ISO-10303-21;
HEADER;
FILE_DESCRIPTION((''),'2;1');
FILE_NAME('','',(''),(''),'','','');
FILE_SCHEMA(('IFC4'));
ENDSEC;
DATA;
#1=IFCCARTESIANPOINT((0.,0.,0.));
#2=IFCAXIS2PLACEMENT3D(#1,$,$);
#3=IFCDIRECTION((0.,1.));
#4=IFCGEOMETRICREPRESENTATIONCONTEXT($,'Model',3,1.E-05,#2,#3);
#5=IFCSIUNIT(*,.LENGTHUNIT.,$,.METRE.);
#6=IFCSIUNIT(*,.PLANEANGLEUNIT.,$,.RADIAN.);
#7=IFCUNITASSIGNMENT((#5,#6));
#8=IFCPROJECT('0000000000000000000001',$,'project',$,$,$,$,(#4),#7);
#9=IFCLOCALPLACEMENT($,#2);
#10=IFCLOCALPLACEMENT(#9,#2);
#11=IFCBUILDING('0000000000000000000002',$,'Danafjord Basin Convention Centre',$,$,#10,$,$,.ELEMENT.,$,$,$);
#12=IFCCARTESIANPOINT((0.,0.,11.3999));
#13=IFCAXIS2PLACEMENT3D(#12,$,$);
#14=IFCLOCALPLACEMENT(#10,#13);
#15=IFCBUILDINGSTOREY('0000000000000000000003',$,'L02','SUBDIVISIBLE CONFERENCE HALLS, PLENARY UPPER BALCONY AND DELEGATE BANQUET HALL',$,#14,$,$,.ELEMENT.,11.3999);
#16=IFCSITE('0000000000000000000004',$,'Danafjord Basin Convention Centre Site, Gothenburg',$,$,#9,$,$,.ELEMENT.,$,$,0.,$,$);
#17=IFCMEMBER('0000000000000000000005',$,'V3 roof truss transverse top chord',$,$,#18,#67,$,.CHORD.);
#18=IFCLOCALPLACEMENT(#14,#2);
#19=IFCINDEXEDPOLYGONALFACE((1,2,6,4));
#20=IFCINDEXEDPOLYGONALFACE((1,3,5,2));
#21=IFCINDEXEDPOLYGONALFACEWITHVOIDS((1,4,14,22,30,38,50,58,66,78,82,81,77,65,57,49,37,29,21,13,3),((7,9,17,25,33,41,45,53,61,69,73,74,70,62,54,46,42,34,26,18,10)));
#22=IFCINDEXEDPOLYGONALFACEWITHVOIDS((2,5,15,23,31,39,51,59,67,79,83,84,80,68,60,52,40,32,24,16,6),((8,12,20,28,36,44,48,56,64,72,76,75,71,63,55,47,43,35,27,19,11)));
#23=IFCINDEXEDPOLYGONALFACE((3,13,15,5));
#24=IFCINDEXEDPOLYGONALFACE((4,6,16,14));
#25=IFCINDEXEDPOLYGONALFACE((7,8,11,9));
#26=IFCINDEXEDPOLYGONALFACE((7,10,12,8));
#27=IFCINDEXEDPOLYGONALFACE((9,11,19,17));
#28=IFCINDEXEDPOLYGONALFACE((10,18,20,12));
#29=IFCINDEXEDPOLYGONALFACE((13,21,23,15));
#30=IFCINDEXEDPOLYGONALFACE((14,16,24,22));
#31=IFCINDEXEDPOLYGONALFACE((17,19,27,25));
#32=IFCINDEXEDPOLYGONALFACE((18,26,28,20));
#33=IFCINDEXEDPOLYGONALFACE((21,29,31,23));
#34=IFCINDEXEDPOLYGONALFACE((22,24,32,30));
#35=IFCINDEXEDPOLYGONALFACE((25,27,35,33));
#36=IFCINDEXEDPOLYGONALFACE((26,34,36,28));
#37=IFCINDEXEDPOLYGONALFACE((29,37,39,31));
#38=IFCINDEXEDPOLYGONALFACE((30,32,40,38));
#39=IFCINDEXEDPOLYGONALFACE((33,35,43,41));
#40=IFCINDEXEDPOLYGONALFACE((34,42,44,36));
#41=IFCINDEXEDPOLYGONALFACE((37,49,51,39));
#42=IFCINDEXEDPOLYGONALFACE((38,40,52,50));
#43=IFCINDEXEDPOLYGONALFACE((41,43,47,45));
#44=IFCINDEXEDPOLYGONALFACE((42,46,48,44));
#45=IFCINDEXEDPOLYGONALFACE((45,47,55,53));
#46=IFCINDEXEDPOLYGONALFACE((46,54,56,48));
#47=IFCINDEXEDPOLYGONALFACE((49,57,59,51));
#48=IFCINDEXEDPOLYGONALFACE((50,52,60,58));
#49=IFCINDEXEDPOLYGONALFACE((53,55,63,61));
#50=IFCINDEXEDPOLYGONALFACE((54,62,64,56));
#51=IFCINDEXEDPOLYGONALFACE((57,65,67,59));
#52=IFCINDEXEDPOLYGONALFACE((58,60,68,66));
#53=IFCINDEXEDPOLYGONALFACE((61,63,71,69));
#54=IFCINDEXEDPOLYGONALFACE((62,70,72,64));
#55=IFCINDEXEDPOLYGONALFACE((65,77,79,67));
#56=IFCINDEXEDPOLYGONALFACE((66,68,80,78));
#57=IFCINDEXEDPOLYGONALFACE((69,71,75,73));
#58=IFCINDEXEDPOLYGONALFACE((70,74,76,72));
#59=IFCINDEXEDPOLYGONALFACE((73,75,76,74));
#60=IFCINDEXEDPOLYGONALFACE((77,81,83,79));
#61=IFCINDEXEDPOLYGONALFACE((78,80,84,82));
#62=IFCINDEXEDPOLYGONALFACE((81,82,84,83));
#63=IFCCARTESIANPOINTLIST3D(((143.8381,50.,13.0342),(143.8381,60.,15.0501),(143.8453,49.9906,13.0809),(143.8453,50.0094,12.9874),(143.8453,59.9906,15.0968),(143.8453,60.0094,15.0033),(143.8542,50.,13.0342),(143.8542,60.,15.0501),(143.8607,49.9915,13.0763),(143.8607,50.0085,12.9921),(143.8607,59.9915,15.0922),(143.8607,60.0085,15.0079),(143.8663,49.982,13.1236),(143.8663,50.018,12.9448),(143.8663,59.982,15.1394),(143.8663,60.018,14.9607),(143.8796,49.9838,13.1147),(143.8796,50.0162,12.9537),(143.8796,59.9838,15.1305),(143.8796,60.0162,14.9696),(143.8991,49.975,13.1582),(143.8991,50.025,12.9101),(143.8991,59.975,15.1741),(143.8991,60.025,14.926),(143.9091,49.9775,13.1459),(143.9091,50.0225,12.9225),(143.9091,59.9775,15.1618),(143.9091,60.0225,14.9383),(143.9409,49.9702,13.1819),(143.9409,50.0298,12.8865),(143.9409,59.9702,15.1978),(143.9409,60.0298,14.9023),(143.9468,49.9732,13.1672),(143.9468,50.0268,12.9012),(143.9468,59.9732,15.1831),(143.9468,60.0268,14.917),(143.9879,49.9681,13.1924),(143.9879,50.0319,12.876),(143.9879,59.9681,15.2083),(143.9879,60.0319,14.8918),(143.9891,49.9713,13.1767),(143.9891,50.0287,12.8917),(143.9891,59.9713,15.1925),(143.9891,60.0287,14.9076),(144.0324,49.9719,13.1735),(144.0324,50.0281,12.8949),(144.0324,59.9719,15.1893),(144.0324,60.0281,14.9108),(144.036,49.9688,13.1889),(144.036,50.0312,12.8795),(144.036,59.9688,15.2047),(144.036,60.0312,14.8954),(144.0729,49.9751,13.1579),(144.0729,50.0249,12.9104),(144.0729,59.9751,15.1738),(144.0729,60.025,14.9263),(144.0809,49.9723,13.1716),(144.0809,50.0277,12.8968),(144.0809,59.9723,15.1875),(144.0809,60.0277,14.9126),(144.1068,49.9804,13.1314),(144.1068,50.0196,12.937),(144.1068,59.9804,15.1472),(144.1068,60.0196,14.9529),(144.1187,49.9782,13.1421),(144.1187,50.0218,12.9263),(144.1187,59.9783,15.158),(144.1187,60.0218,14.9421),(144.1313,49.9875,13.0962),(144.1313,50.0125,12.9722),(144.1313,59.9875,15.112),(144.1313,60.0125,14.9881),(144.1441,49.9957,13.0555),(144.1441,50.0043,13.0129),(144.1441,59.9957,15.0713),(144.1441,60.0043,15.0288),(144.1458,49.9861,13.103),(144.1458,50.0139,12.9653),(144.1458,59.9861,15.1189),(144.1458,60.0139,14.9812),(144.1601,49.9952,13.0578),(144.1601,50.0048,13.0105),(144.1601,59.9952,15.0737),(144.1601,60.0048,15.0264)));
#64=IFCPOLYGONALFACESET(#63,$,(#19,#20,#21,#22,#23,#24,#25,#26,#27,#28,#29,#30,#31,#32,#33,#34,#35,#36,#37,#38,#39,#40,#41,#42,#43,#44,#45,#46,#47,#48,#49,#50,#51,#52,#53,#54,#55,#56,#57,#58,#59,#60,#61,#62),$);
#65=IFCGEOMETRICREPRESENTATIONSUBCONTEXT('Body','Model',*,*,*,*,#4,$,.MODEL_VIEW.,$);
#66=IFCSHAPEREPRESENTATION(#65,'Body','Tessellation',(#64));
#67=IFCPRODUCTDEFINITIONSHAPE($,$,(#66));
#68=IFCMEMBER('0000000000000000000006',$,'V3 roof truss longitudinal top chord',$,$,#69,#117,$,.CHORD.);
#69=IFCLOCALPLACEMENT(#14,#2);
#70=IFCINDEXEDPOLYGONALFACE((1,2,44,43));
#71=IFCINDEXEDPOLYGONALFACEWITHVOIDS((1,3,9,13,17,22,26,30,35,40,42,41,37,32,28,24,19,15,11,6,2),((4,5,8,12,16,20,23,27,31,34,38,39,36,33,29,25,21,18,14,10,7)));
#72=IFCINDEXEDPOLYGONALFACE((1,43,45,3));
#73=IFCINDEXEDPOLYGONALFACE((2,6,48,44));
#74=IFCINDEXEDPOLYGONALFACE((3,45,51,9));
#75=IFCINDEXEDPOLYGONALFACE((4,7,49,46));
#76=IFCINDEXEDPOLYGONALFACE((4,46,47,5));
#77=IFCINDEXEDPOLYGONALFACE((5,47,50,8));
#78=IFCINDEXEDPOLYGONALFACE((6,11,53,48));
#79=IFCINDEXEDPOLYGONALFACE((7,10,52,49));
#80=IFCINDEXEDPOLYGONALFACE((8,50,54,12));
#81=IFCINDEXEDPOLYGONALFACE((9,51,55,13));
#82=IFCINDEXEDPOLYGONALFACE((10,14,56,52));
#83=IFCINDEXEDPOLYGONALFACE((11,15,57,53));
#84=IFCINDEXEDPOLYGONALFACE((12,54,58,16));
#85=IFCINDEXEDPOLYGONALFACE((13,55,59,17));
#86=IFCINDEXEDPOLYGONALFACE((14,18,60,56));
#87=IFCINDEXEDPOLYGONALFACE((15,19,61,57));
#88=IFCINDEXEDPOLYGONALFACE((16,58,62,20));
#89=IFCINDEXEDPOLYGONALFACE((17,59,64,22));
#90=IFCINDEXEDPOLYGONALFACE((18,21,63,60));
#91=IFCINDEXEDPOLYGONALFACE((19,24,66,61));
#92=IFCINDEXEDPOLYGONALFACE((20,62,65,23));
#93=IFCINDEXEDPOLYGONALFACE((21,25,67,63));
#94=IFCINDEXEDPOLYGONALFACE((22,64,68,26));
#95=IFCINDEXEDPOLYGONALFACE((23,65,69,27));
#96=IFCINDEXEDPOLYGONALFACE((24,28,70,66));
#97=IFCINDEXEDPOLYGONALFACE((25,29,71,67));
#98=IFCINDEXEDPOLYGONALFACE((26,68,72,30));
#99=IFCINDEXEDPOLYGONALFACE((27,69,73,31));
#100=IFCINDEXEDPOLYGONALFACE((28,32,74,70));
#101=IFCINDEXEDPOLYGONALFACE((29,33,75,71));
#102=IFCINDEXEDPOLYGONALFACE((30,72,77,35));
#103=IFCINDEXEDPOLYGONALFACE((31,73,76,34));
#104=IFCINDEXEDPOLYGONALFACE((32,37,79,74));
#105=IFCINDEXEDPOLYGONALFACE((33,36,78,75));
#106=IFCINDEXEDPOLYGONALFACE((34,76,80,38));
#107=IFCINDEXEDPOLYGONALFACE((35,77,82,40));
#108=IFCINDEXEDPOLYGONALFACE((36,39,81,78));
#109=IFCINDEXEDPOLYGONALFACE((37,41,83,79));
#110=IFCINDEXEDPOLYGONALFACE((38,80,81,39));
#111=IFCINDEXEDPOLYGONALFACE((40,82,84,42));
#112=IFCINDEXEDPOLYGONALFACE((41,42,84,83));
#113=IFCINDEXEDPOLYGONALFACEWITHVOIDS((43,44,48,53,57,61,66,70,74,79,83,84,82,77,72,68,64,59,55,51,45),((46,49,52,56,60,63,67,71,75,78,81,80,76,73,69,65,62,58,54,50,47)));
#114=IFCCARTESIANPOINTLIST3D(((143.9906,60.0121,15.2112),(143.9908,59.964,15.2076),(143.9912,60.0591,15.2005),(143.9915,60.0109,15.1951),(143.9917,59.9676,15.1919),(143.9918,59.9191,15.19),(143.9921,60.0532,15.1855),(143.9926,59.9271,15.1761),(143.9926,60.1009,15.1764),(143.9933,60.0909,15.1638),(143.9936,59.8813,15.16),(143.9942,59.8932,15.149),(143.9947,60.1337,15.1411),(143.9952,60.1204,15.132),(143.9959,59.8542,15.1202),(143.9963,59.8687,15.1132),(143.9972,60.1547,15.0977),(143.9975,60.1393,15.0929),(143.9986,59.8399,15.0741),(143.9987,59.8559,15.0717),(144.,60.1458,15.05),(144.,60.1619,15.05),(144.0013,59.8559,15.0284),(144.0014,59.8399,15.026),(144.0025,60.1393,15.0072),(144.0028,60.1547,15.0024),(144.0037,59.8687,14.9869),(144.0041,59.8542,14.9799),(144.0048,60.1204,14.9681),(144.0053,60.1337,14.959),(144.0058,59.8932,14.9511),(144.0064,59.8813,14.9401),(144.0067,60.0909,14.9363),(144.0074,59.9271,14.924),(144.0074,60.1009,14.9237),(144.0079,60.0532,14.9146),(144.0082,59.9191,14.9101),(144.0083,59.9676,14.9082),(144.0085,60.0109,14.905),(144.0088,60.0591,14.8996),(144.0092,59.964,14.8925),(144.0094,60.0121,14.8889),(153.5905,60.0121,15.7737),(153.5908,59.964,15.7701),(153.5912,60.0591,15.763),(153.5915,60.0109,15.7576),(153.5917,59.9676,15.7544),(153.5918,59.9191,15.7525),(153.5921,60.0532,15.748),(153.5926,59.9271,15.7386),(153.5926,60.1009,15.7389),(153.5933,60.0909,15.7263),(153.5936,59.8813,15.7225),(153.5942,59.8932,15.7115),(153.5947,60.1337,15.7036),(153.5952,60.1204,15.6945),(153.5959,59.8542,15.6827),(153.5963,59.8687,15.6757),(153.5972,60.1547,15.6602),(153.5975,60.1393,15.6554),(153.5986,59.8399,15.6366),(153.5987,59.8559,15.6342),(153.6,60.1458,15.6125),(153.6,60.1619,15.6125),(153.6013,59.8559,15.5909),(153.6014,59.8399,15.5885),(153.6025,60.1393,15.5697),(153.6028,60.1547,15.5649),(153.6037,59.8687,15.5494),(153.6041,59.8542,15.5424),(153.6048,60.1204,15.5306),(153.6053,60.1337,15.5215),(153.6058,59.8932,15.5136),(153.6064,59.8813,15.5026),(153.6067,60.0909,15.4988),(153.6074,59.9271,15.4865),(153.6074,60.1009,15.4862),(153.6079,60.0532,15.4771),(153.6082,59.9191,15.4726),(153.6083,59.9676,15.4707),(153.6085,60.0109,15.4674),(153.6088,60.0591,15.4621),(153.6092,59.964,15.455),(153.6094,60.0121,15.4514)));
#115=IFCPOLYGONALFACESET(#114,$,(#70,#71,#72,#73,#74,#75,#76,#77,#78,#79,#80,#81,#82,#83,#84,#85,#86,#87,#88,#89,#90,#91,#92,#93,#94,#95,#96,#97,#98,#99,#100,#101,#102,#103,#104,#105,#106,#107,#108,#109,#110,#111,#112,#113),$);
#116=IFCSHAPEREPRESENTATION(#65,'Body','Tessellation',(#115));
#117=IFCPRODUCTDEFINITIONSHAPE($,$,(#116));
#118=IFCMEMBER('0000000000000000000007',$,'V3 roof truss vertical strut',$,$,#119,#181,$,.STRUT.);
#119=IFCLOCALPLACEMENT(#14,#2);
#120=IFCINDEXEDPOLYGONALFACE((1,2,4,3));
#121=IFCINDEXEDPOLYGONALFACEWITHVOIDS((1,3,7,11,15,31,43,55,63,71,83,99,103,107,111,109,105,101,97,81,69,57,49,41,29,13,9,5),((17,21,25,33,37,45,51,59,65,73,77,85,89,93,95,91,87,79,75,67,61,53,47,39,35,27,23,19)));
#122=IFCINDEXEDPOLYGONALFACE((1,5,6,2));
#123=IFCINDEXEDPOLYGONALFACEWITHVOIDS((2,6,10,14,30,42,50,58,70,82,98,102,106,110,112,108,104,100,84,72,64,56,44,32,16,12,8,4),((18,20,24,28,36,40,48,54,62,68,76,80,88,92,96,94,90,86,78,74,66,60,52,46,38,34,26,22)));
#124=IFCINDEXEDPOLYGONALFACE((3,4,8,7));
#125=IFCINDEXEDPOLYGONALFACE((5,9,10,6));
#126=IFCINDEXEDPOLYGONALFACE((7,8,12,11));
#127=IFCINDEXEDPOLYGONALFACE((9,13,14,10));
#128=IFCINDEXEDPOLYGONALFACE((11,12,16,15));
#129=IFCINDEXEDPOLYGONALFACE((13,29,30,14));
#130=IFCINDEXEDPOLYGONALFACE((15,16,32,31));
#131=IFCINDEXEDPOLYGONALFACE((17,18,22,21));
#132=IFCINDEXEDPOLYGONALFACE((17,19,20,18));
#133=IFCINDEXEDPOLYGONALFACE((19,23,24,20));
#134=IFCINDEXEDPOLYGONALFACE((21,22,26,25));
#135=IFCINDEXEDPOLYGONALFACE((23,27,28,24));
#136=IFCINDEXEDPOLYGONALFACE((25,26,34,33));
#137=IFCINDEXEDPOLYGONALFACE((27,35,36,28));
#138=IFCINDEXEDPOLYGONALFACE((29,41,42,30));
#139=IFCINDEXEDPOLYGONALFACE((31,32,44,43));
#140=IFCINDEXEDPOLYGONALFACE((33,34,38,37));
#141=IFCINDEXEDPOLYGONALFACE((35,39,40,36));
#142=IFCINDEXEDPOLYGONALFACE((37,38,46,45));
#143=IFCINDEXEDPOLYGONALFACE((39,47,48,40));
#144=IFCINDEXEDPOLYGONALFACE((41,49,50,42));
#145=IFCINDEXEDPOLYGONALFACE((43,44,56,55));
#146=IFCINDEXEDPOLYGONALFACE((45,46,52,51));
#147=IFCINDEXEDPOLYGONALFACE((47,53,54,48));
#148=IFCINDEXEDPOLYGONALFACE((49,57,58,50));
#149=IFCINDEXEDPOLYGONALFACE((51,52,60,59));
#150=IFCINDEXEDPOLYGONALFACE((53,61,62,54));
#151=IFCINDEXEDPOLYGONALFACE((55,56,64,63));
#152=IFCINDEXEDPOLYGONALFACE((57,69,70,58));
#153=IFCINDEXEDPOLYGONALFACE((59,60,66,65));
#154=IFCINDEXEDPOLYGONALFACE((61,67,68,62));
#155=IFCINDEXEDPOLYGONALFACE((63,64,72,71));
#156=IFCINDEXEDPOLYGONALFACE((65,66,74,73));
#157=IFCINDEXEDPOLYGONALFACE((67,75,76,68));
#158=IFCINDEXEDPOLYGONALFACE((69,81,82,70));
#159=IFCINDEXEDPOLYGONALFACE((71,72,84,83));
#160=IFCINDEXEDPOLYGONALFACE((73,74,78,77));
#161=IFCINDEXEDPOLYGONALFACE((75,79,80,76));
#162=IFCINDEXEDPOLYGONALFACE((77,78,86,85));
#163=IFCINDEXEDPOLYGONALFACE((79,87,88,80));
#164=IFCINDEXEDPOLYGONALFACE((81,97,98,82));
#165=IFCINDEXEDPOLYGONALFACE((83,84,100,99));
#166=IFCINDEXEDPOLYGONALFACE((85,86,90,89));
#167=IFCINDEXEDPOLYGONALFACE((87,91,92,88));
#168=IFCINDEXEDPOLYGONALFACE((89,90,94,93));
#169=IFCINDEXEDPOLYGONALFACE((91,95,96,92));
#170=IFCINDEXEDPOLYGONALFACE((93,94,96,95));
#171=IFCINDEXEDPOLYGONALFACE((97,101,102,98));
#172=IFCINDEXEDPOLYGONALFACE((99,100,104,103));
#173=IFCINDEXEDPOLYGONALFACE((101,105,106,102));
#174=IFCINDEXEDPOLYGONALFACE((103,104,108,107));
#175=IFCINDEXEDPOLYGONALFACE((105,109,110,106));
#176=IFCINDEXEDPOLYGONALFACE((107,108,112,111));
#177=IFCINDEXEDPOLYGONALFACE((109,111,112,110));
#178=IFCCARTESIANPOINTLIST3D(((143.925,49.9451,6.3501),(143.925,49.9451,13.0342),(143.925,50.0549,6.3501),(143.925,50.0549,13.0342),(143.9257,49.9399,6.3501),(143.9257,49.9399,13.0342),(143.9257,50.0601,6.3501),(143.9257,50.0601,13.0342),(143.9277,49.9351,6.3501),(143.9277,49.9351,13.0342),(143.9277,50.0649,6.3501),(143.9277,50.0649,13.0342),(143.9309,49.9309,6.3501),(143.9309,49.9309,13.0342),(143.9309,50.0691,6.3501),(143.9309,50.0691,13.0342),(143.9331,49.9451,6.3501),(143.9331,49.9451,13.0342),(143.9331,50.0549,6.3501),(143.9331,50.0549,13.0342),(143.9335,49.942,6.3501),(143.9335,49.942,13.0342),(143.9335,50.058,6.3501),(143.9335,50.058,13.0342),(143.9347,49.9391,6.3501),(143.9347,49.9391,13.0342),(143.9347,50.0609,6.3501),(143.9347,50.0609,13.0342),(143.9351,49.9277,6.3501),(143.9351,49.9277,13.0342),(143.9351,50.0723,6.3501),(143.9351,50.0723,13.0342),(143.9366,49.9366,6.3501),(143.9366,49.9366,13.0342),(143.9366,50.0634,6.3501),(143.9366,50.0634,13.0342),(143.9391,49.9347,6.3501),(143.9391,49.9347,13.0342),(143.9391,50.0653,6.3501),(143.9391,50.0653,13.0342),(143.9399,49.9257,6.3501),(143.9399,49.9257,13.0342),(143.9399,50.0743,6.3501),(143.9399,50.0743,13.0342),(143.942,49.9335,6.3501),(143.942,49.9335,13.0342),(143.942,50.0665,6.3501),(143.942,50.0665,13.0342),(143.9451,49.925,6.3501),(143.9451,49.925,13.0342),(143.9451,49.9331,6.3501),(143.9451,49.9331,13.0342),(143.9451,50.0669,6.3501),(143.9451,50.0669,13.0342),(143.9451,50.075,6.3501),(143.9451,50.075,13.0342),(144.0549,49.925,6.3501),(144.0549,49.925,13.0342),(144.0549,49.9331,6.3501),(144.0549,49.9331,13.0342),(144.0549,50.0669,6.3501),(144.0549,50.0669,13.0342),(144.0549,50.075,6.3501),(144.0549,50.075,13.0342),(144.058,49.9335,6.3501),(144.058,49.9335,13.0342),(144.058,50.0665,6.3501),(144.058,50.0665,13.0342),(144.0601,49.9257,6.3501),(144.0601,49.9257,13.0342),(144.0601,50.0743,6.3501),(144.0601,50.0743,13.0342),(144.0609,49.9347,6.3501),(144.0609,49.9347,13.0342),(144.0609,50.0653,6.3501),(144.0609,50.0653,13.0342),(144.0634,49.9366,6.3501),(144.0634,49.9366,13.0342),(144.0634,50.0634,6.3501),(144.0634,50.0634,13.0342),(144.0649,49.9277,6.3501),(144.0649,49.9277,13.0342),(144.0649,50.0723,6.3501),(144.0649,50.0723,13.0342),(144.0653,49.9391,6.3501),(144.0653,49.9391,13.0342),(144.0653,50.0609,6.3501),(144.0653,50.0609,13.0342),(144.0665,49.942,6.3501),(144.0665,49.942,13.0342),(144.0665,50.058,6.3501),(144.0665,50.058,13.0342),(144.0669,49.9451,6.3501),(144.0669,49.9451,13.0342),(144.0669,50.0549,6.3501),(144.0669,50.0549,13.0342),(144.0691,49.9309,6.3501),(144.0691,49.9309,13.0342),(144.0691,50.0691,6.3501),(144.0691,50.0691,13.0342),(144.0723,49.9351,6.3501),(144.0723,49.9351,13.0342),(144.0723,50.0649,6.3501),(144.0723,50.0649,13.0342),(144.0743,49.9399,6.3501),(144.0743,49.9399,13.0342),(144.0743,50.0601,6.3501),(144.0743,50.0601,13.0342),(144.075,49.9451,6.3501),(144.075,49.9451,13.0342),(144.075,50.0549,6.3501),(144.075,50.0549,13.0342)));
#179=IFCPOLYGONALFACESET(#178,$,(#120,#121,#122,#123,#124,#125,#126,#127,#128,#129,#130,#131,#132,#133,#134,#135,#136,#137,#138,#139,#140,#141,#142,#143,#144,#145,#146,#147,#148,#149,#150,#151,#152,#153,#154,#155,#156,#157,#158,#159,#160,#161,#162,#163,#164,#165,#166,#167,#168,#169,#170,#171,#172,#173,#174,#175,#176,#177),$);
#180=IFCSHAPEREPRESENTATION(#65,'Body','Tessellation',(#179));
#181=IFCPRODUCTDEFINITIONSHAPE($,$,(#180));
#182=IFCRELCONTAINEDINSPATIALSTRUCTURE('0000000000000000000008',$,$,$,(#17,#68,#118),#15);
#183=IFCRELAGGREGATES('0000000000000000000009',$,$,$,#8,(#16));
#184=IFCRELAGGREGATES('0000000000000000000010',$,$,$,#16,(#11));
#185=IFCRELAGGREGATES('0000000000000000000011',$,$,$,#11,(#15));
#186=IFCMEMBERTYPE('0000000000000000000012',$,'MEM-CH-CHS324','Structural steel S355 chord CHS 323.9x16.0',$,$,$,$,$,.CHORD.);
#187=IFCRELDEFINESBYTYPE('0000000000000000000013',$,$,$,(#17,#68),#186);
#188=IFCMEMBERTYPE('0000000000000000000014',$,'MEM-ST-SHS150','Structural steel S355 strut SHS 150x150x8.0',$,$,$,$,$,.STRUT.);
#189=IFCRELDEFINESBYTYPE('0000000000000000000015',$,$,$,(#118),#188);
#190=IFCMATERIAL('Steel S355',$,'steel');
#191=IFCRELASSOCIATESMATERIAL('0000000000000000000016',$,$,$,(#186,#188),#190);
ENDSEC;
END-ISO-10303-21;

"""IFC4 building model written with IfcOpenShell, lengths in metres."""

from ifc_helpers import new_model, si_unit, direction, frame, origin, origin_2d, place, context, subcontext, project, spatial, hollow_rectangle, hollow_circle, extrude, material, material_profile, profile_set, type_object, element, save


model = new_model("IFC4")

# Units and contexts
model_context = context("Model", 3, precision=1e-05, world=origin(), true_north=direction((0.0, 1.0)))
body_context = subcontext(model_context, "Body", "Model", "MODEL_VIEW")
ifc_project = project(units=[si_unit("LENGTHUNIT", "METRE"), si_unit("PLANEANGLEUNIT", "RADIAN")], contexts=[model_context])

# Site, building, storey
site_placement = place(None, origin())
site = spatial("IfcSite", under=ifc_project, at=site_placement, Name="Danafjord Basin Convention Centre Site, Gothenburg", CompositionType="ELEMENT", RefElevation=0.0)
building_placement = place(site_placement, origin())
building = spatial("IfcBuilding", under=site, at=building_placement, Name="Danafjord Basin Convention Centre", CompositionType="ELEMENT")
storey_placement = place(building_placement, frame((0.0, 0.0, 11.3999)))
storey = spatial("IfcBuildingStorey", under=building, at=storey_placement, Name="L02", Description="SUBDIVISIBLE CONFERENCE HALLS, PLENARY UPPER BALCONY AND DELEGATE BANQUET HALL", CompositionType="ELEMENT", Elevation=11.3999)

# Shared definitions
ifc_material = material(Name="Steel S355", Category="steel")

# Members
ifc_material_profile_1 = material_profile(ifc_material, hollow_circle(Radius=0.1619, WallThickness=0.0161, at=origin_2d()), Name="CHS 323.9x16.0")
ifc_profile_set_1 = profile_set([ifc_material_profile_1], Name="Steel S355")
member_type_1 = type_object("IfcMemberType", Name="MEM-CH-CHS324", Description="Structural steel S355 chord CHS 323.9x16.0", PredefinedType="CHORD", material=ifc_profile_set_1)
member_1_placement = place(storey_placement, frame((144.0, 50.0, 13.0342), z_axis=(0.0, 0.98028, 0.197612), x_axis=(-1.0, 0.0, 0.0)))
element("IfcMember", 1, at=member_1_placement, inside=storey, type_object=member_type_1, Name="V3 roof truss transverse top chord", PredefinedType="CHORD", context=body_context, shape_type="SweptSolid", body=[
    extrude(hollow_circle(Radius=0.1619, WallThickness=0.0161, at=origin_2d()), origin(), (0.0, 0.0, 1.0), 10.2012),
])
member_2_placement = place(storey_placement, frame((144.0, 60.0, 15.05), z_axis=(0.998288, 0.0, 0.058493), x_axis=(0.0, 1.0, 0.0)))
element("IfcMember", 2, at=member_2_placement, inside=storey, type_object=member_type_1, Name="V3 roof truss longitudinal top chord", PredefinedType="CHORD", context=body_context, shape_type="SweptSolid", body=[
    extrude(hollow_circle(Radius=0.1619, WallThickness=0.0161, at=origin_2d()), origin(), (0.0, 0.0, 1.0), 9.6165),
])
ifc_material_profile_2 = material_profile(ifc_material, hollow_rectangle(XDim=0.1499, YDim=0.1499, WallThickness=0.0081, InnerFilletRadius=0.012, OuterFilletRadius=0.02, at=origin_2d()), Name="SHS 150x150x8.0")
ifc_profile_set_2 = profile_set([ifc_material_profile_2], Name="Steel S355")
member_type_2 = type_object("IfcMemberType", Name="MEM-ST-SHS150", Description="Structural steel S355 strut SHS 150x150x8.0", PredefinedType="STRUT", material=ifc_profile_set_2)
member_3_placement = place(storey_placement, frame((144.0, 50.0, 6.3501), z_axis=(0.0, 0.0, 1.0), x_axis=(1.0, 0.0, 0.0)))
element("IfcMember", 3, at=member_3_placement, inside=storey, type_object=member_type_2, Name="V3 roof truss vertical strut", PredefinedType="STRUT", context=body_context, shape_type="SweptSolid", body=[
    extrude(hollow_rectangle(XDim=0.1499, YDim=0.1499, WallThickness=0.0081, InnerFilletRadius=0.012, OuterFilletRadius=0.02, at=origin_2d()), origin(), (0.0, 0.0, 1.0), 6.6841),
])

save(model, "model.ifc")
